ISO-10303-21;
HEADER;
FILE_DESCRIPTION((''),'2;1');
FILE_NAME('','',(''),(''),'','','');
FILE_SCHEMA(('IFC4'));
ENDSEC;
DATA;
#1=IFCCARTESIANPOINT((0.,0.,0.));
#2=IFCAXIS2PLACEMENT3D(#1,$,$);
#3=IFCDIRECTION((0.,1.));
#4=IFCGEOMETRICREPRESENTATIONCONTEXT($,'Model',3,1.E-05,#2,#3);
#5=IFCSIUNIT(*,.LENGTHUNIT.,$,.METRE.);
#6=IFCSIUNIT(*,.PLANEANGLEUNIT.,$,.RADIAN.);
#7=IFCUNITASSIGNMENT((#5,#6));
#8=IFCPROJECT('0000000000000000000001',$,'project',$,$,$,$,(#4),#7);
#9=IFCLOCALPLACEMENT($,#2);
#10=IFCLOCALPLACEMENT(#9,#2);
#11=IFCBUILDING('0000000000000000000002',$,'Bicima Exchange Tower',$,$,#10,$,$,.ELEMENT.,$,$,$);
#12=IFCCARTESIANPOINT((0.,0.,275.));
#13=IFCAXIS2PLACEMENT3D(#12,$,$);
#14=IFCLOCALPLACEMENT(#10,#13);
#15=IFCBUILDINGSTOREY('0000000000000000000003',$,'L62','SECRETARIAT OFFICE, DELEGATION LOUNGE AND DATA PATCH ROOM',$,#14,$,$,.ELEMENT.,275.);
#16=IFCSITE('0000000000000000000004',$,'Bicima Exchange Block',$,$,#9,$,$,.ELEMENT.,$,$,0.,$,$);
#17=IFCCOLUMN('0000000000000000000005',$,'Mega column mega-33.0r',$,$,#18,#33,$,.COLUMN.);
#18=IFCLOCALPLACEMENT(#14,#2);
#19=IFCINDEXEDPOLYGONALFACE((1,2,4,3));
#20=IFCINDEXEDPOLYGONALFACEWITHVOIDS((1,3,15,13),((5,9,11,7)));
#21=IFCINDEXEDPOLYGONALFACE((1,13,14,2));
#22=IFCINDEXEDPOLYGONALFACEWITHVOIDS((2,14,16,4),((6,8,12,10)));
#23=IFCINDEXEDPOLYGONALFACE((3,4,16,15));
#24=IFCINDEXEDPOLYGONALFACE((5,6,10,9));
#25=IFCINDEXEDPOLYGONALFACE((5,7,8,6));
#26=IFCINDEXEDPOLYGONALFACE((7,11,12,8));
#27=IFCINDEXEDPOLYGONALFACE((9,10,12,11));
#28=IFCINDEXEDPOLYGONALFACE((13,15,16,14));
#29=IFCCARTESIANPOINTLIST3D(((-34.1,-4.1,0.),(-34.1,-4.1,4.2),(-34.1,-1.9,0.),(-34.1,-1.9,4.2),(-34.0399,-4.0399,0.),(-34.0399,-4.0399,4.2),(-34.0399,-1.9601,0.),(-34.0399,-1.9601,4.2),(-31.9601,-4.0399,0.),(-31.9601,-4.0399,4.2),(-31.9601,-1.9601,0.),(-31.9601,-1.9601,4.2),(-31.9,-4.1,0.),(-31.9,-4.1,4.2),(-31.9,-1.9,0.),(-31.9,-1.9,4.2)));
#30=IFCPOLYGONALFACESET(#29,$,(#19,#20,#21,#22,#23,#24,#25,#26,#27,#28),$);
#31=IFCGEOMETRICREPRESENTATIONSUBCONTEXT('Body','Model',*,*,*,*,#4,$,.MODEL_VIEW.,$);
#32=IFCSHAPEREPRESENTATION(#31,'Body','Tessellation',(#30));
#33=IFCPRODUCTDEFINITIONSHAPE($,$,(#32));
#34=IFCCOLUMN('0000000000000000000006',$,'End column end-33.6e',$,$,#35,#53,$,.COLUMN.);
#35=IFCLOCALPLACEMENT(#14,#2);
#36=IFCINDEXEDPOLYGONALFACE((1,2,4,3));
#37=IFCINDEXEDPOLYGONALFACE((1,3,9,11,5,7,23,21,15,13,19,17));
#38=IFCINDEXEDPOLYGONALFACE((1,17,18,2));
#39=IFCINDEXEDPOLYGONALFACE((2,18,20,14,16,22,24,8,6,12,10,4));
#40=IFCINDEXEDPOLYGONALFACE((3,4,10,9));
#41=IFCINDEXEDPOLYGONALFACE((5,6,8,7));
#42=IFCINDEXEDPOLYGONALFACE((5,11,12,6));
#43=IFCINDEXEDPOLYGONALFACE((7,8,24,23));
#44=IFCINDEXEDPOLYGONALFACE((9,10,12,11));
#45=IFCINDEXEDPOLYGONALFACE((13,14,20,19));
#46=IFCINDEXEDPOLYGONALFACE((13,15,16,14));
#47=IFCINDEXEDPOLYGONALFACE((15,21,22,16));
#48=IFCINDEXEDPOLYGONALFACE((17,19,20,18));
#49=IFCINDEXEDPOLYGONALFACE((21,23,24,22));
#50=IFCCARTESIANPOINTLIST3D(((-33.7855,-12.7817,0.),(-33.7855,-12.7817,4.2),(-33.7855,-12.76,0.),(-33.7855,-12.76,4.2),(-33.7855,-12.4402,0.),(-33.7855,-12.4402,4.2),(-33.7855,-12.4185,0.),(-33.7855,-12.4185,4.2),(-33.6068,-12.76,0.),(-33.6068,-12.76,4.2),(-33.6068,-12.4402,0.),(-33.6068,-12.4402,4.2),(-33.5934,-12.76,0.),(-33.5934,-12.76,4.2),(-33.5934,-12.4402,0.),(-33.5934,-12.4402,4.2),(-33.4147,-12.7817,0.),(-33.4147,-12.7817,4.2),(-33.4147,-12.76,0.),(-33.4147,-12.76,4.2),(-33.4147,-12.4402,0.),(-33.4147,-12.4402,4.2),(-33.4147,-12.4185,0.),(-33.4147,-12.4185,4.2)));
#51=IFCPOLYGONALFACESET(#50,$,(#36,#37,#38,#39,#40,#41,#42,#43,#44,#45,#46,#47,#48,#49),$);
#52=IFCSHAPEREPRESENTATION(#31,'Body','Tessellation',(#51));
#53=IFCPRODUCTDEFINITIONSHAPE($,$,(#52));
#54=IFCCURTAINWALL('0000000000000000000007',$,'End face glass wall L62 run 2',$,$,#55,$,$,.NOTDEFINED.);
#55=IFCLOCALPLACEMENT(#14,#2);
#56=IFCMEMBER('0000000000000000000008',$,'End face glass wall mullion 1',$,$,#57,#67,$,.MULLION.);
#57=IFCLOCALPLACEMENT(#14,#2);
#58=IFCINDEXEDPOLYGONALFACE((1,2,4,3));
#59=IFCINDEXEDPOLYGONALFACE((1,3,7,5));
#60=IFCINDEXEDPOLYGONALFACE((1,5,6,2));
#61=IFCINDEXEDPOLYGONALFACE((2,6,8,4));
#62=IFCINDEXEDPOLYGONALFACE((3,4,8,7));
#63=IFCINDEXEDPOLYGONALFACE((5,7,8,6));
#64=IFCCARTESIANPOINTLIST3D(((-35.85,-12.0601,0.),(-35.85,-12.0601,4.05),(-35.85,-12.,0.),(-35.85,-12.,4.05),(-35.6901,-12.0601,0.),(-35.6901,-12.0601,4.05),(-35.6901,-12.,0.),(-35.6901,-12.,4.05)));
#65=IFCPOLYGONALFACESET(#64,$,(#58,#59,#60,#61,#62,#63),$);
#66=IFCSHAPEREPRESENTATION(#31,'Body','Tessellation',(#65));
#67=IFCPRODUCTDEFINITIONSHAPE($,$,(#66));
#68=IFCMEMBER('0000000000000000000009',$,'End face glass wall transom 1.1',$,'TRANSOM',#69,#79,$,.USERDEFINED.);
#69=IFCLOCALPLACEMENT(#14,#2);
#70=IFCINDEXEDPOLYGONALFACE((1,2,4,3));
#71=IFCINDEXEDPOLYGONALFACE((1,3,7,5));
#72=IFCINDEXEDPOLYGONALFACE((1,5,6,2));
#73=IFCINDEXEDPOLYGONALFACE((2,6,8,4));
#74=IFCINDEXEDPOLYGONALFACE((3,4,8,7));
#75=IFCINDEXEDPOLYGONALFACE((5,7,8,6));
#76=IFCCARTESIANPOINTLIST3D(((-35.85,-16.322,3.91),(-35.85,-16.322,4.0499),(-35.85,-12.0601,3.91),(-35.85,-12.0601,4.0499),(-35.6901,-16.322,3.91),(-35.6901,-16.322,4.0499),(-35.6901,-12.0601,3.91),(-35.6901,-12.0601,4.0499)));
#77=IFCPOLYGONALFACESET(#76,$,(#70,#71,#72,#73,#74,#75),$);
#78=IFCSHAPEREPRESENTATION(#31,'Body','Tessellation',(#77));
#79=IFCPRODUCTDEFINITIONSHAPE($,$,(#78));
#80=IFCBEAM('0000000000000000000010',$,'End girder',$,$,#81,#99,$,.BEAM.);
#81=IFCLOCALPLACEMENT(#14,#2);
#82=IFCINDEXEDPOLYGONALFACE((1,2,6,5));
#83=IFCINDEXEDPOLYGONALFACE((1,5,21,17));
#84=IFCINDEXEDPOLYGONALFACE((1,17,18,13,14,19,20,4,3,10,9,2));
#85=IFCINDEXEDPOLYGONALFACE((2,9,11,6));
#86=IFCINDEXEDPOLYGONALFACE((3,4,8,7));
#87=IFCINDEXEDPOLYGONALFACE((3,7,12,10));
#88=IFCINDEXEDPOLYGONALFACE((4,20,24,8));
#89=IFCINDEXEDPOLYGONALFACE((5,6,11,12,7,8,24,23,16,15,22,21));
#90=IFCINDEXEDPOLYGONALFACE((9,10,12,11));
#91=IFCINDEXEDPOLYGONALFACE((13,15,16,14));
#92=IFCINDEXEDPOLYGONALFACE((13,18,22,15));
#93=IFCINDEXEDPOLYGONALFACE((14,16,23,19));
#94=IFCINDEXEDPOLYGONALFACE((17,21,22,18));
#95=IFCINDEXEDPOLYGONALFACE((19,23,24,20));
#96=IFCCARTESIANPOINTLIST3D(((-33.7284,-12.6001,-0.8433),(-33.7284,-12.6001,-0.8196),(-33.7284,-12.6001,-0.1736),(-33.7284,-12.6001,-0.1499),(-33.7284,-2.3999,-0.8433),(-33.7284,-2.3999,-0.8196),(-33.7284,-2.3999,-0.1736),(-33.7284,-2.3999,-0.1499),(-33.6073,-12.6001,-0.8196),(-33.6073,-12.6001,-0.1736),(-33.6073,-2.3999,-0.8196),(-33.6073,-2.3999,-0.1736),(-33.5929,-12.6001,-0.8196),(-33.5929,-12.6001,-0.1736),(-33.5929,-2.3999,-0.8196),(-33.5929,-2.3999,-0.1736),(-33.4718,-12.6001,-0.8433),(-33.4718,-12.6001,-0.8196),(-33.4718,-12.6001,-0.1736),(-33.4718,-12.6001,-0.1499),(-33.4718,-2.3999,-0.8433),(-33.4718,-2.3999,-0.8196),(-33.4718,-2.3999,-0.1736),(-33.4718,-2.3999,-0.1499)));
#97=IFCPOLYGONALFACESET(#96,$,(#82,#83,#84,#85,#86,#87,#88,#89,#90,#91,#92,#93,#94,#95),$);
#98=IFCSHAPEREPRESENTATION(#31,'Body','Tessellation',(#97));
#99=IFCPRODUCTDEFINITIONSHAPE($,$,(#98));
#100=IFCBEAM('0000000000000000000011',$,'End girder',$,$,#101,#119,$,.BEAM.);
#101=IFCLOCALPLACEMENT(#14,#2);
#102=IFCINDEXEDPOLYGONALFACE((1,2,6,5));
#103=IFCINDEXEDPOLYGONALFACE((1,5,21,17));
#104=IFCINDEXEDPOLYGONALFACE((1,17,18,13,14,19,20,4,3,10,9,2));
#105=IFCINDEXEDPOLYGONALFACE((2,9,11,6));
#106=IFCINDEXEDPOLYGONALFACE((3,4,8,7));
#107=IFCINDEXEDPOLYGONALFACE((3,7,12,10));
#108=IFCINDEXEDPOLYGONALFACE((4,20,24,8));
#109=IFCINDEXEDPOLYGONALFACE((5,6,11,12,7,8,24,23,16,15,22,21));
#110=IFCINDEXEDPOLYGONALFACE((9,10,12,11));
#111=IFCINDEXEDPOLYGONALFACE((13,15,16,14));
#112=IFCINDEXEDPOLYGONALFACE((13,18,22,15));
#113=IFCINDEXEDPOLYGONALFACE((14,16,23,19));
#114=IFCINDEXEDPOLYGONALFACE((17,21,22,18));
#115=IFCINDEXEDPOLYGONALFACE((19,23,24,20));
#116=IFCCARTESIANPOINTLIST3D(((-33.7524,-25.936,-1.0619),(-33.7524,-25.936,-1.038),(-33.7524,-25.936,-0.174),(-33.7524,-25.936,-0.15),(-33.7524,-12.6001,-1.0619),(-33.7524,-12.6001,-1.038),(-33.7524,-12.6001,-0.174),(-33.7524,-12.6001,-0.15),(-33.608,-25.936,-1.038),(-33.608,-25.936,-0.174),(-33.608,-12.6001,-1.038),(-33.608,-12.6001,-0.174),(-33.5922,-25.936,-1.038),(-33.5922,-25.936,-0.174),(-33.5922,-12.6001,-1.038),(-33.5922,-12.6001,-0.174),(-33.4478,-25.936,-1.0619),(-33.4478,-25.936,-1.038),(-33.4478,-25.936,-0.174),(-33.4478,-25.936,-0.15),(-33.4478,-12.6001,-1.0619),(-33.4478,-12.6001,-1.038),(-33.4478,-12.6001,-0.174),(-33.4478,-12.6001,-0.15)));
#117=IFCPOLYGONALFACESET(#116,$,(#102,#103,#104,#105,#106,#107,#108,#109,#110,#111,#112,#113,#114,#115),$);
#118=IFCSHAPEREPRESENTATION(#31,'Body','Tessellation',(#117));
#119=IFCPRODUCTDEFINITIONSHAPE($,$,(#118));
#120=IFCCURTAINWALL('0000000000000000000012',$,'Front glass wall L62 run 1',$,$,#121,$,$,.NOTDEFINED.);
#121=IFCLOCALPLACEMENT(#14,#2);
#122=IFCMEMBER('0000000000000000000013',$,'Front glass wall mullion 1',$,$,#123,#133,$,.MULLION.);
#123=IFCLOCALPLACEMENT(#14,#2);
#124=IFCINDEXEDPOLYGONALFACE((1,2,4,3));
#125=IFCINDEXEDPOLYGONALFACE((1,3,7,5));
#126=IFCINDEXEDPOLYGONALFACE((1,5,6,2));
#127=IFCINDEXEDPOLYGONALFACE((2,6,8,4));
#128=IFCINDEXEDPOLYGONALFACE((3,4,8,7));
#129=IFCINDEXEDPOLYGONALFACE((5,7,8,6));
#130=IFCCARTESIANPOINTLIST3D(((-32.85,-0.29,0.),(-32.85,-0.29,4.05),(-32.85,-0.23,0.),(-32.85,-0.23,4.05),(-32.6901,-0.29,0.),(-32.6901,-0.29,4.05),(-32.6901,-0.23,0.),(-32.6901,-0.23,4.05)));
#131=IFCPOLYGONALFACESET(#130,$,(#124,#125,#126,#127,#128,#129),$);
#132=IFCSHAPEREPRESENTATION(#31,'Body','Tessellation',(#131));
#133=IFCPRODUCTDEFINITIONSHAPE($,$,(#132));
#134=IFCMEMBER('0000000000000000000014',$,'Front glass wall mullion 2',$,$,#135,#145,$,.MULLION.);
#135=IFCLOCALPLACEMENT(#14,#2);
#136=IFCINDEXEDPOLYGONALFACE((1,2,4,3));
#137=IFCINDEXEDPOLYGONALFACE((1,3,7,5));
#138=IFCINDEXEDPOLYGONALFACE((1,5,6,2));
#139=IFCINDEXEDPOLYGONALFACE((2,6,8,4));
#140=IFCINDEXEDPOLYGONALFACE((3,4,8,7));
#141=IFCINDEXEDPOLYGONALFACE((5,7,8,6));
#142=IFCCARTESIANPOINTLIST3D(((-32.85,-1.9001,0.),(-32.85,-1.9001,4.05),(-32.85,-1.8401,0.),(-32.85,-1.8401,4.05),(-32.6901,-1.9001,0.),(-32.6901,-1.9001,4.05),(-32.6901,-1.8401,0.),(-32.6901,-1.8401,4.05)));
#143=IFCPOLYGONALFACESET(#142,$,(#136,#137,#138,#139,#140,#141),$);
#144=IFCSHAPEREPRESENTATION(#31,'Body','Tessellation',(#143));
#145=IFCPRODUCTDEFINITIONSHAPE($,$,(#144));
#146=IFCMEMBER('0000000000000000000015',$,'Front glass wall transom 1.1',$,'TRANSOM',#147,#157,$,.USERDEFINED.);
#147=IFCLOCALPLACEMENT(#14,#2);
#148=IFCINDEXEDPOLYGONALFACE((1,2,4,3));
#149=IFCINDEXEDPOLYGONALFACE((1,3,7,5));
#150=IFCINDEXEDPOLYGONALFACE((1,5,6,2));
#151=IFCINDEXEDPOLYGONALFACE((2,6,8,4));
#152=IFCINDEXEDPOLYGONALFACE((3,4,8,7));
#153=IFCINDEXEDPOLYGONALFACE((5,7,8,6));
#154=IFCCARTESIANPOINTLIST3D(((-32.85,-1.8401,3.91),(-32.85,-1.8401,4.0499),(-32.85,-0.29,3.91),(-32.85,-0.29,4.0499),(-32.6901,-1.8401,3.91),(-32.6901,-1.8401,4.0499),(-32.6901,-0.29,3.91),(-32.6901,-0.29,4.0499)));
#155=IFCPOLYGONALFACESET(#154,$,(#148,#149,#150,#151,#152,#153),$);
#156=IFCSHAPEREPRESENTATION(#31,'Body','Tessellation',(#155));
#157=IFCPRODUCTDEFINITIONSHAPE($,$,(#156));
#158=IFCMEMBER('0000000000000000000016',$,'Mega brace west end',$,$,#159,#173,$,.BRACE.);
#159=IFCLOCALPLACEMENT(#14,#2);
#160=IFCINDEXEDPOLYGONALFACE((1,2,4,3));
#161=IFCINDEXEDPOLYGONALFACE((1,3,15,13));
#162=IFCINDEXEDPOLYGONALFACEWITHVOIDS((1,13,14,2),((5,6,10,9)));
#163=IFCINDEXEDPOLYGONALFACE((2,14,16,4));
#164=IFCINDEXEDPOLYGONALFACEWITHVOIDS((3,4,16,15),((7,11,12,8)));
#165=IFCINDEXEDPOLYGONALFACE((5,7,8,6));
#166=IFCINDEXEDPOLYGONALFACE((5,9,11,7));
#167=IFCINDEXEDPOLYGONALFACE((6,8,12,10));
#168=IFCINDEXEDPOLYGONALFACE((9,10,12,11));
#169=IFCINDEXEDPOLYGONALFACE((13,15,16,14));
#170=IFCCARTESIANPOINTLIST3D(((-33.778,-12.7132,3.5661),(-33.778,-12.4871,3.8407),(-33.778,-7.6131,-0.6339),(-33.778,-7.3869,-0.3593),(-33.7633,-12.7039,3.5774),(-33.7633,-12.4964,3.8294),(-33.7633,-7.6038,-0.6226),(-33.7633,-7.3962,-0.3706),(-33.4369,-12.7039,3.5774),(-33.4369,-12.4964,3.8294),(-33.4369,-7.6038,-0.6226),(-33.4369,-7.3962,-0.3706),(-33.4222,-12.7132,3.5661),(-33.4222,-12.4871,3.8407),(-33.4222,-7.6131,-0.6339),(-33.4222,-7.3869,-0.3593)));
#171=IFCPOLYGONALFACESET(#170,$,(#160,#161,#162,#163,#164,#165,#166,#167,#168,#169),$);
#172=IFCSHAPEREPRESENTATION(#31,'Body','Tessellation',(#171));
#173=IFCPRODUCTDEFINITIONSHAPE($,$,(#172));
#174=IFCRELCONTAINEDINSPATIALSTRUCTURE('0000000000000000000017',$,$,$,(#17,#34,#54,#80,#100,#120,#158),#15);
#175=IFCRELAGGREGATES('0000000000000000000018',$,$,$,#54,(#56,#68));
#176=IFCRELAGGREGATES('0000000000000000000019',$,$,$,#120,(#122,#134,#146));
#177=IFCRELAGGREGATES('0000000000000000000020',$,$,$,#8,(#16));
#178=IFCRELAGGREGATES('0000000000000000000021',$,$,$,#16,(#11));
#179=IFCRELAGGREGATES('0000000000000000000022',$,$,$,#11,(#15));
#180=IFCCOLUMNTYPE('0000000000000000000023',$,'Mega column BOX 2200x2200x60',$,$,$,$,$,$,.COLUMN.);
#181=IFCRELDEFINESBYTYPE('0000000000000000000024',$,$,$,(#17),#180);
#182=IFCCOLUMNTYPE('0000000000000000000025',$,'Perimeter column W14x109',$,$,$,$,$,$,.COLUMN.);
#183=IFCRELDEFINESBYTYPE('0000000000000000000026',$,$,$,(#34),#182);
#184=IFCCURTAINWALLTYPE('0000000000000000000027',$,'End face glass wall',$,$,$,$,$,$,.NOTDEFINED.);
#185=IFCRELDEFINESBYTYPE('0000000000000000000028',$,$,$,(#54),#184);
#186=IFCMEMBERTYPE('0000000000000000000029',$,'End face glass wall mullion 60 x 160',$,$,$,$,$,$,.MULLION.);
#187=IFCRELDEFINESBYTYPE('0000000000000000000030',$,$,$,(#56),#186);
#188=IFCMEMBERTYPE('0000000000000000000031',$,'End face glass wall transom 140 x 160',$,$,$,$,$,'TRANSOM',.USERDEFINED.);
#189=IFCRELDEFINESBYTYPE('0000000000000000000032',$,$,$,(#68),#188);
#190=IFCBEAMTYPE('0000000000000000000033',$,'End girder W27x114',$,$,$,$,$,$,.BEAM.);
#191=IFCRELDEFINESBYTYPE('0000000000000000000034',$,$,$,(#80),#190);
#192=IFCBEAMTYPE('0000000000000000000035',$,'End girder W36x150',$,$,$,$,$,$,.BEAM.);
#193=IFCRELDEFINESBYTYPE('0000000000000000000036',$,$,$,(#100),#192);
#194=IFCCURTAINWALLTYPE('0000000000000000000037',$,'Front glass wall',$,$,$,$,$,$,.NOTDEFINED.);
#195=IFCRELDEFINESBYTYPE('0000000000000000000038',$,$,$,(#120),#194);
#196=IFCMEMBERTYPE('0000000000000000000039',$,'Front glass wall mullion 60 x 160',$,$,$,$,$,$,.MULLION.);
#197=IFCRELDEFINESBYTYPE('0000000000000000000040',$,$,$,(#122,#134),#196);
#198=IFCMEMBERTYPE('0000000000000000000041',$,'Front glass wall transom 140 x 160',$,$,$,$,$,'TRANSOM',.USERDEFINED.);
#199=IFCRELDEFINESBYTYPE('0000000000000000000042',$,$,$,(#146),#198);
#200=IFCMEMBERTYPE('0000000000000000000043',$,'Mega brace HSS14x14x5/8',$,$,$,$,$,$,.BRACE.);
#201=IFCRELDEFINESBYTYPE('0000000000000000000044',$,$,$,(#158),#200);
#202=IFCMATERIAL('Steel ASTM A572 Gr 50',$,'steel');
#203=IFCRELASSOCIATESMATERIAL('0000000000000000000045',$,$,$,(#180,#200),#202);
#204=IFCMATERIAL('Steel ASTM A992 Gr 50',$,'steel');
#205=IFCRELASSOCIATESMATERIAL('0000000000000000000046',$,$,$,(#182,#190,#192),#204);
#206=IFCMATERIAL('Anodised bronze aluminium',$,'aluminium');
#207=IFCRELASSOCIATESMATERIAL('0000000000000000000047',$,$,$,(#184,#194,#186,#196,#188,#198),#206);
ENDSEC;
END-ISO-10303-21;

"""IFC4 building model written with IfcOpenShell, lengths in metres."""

from ifc_helpers import new_model, si_unit, direction, frame, origin, origin_2d, place, context, subcontext, project, spatial, rectangle, hollow_rectangle, i_section, extrude, material, material_profile, profile_set, type_object, element, aggregate, save


model = new_model("IFC4")

# Units and contexts
model_context = context("Model", 3, precision=1e-05, world=origin(), true_north=direction((0.0, 1.0)))
body_context = subcontext(model_context, "Body", "Model", "MODEL_VIEW")
ifc_project = project(units=[si_unit("LENGTHUNIT", "METRE"), si_unit("PLANEANGLEUNIT", "RADIAN")], contexts=[model_context])

# Site, building, storey
site_placement = place(None, origin())
site = spatial("IfcSite", under=ifc_project, at=site_placement, Name="Bicima Exchange Block", CompositionType="ELEMENT", RefElevation=0.0)
building_placement = place(site_placement, origin())
building = spatial("IfcBuilding", under=site, at=building_placement, Name="Bicima Exchange Tower", CompositionType="ELEMENT")
storey_placement = place(building_placement, frame((0.0, 0.0, 275.0)))
storey = spatial("IfcBuildingStorey", under=building, at=storey_placement, Name="L62", Description="SECRETARIAT OFFICE, DELEGATION LOUNGE AND DATA PATCH ROOM", CompositionType="ELEMENT", Elevation=275.0)

# Columns
ifc_material_1 = material(Name="Steel ASTM A572 Gr 50", Category="steel")
ifc_material_profile_1 = material_profile(ifc_material_1, hollow_rectangle(XDim=2.2, YDim=2.2, WallThickness=0.0601, at=origin_2d()))
ifc_profile_set_1 = profile_set([ifc_material_profile_1], Name="Steel ASTM A572 Gr 50")
column_type_1 = type_object("IfcColumnType", Name="Mega column BOX 2200x2200x60", PredefinedType="COLUMN", material=ifc_profile_set_1)
column_1_placement = place(storey_placement, frame((-33.0, -3.0, 0.0), z_axis=(0.0, 0.0, 1.0), x_axis=(1.0, 0.0, 0.0)))
element("IfcColumn", 1, at=column_1_placement, inside=storey, type_object=column_type_1, Name="Mega column mega-33.0r", PredefinedType="COLUMN", context=body_context, shape_type="SweptSolid", body=[
    extrude(hollow_rectangle(XDim=2.2, YDim=2.2, WallThickness=0.0601, at=origin_2d()), origin(), (0.0, 0.0, 1.0), 4.2),
])
ifc_material_2 = material(Name="Steel ASTM A992 Gr 50", Category="steel")
ifc_material_profile_2 = material_profile(ifc_material_2, i_section(OverallWidth=0.3708, OverallDepth=0.3633, WebThickness=0.0134, FlangeThickness=0.0217, at=origin_2d()))
ifc_profile_set_2 = profile_set([ifc_material_profile_2], Name="Steel ASTM A992 Gr 50")
column_type_2 = type_object("IfcColumnType", Name="Perimeter column W14x109", PredefinedType="COLUMN", material=ifc_profile_set_2)
column_2_placement = place(storey_placement, frame((-33.6001, -12.6001, 0.0), z_axis=(0.0, 0.0, 1.0), x_axis=(1.0, 0.0, 0.0)))
element("IfcColumn", 2, at=column_2_placement, inside=storey, type_object=column_type_2, Name="End column end-33.6e", PredefinedType="COLUMN", context=body_context, shape_type="SweptSolid", body=[
    extrude(i_section(OverallWidth=0.3708, OverallDepth=0.3633, WebThickness=0.0134, FlangeThickness=0.0217, at=origin_2d()), origin(), (0.0, 0.0, 1.0), 4.2),
])

# Curtain wall, members
ifc_material_3 = material(Name="Anodised bronze aluminium", Category="aluminium")
curtain_wall_type_1 = type_object("IfcCurtainWallType", Name="End face glass wall", PredefinedType="NOTDEFINED", material=ifc_material_3)
curtain_wall_1_placement = place(storey_placement, origin())
curtain_wall_1 = element("IfcCurtainWall", 3, at=curtain_wall_1_placement, inside=storey, type_object=curtain_wall_type_1, Name="End face glass wall L62 run 2", PredefinedType="NOTDEFINED")
ifc_material_profile_3 = material_profile(ifc_material_3, rectangle(XDim=0.1599, YDim=0.0601, at=origin_2d()))
ifc_profile_set_3 = profile_set([ifc_material_profile_3], Name="Anodised bronze aluminium")
member_type_1 = type_object("IfcMemberType", Name="End face glass wall mullion 60 x 160", PredefinedType="MULLION", material=ifc_profile_set_3)
member_1_placement = place(storey_placement, frame((-35.77, -12.03, 0.0), z_axis=(0.0, 0.0, 1.0), x_axis=(1.0, 0.0, 0.0)))
member_1 = element("IfcMember", 4, at=member_1_placement, type_object=member_type_1, Name="End face glass wall mullion 1", PredefinedType="MULLION", context=body_context, shape_type="SweptSolid", body=[
    extrude(rectangle(XDim=0.1599, YDim=0.0601, at=origin_2d()), origin(), (0.0, 0.0, 1.0), 4.05),
])
ifc_material_profile_4 = material_profile(ifc_material_3, rectangle(XDim=0.1599, YDim=0.1399, at=origin_2d()))
ifc_profile_set_4 = profile_set([ifc_material_profile_4], Name="Anodised bronze aluminium")
member_type_2 = type_object("IfcMemberType", Name="End face glass wall transom 140 x 160", ElementType="TRANSOM", PredefinedType="USERDEFINED", material=ifc_profile_set_4)
member_2_placement = place(storey_placement, frame((-35.77, -12.0601, 3.98), z_axis=(0.0, -1.0, 0.0), x_axis=(1.0, 0.0, 0.0)))
member_2 = element("IfcMember", 5, at=member_2_placement, type_object=member_type_2, Name="End face glass wall transom 1.1", ObjectType="TRANSOM", PredefinedType="USERDEFINED", context=body_context, shape_type="SweptSolid", body=[
    extrude(rectangle(XDim=0.1599, YDim=0.1399, at=origin_2d()), origin(), (0.0, 0.0, 1.0), 4.262),
])
aggregate(curtain_wall_1, [member_1, member_2])

# Beams
ifc_material_profile_5 = material_profile(ifc_material_2, i_section(OverallWidth=0.2566, OverallDepth=0.6934, WebThickness=0.0144, FlangeThickness=0.0237, at=origin_2d()))
ifc_profile_set_5 = profile_set([ifc_material_profile_5], Name="Steel ASTM A992 Gr 50")
beam_type_1 = type_object("IfcBeamType", Name="End girder W27x114", PredefinedType="BEAM", material=ifc_profile_set_5)
beam_1_placement = place(storey_placement, frame((-33.6001, -2.3999, -0.4966), z_axis=(0.0, -1.0, 0.0), x_axis=(1.0, 0.0, 0.0)))
element("IfcBeam", 6, at=beam_1_placement, inside=storey, type_object=beam_type_1, Name="End girder", PredefinedType="BEAM", context=body_context, shape_type="SweptSolid", body=[
    extrude(i_section(OverallWidth=0.2566, OverallDepth=0.6934, WebThickness=0.0144, FlangeThickness=0.0237, at=origin_2d()), origin(), (0.0, 0.0, 1.0), 10.2002),
])
ifc_material_profile_6 = material_profile(ifc_material_2, i_section(OverallWidth=0.3047, OverallDepth=0.9119, WebThickness=0.0159, FlangeThickness=0.0239, at=origin_2d()))
ifc_profile_set_6 = profile_set([ifc_material_profile_6], Name="Steel ASTM A992 Gr 50")
beam_type_2 = type_object("IfcBeamType", Name="End girder W36x150", PredefinedType="BEAM", material=ifc_profile_set_6)
beam_2_placement = place(storey_placement, frame((-33.6001, -12.6001, -0.606), z_axis=(0.0, -1.0, 0.0), x_axis=(1.0, 0.0, 0.0)))
element("IfcBeam", 7, at=beam_2_placement, inside=storey, type_object=beam_type_2, Name="End girder", PredefinedType="BEAM", context=body_context, shape_type="SweptSolid", body=[
    extrude(i_section(OverallWidth=0.3047, OverallDepth=0.9119, WebThickness=0.0159, FlangeThickness=0.0239, at=origin_2d()), origin(), (0.0, 0.0, 1.0), 13.3359),
])

# Curtain wall, members
curtain_wall_type_2 = type_object("IfcCurtainWallType", Name="Front glass wall", PredefinedType="NOTDEFINED", material=ifc_material_3)
curtain_wall_2_placement = place(storey_placement, origin())
curtain_wall_2 = element("IfcCurtainWall", 8, at=curtain_wall_2_placement, inside=storey, type_object=curtain_wall_type_2, Name="Front glass wall L62 run 1", PredefinedType="NOTDEFINED")
member_type_3 = type_object("IfcMemberType", Name="Front glass wall mullion 60 x 160", PredefinedType="MULLION", material=ifc_profile_set_3)
member_3_placement = place(storey_placement, frame((-32.77, -0.26, 0.0), z_axis=(0.0, 0.0, 1.0), x_axis=(1.0, 0.0, 0.0)))
member_3 = element("IfcMember", 9, at=member_3_placement, type_object=member_type_3, Name="Front glass wall mullion 1", PredefinedType="MULLION", context=body_context, shape_type="SweptSolid", body=[
    extrude(rectangle(XDim=0.1599, YDim=0.0601, at=origin_2d()), origin(), (0.0, 0.0, 1.0), 4.05),
])
member_4_placement = place(storey_placement, frame((-32.77, -1.8701, 0.0), z_axis=(0.0, 0.0, 1.0), x_axis=(1.0, 0.0, 0.0)))
member_4 = element("IfcMember", 10, at=member_4_placement, type_object=member_type_3, Name="Front glass wall mullion 2", PredefinedType="MULLION", context=body_context, shape_type="SweptSolid", body=[
    extrude(rectangle(XDim=0.1599, YDim=0.0601, at=origin_2d()), origin(), (0.0, 0.0, 1.0), 4.05),
])
member_type_4 = type_object("IfcMemberType", Name="Front glass wall transom 140 x 160", ElementType="TRANSOM", PredefinedType="USERDEFINED", material=ifc_profile_set_4)
member_5_placement = place(storey_placement, frame((-32.77, -0.29, 3.98), z_axis=(0.0, -1.0, 0.0), x_axis=(1.0, 0.0, 0.0)))
member_5 = element("IfcMember", 11, at=member_5_placement, type_object=member_type_4, Name="Front glass wall transom 1.1", ObjectType="TRANSOM", PredefinedType="USERDEFINED", context=body_context, shape_type="SweptSolid", body=[
    extrude(rectangle(XDim=0.1599, YDim=0.1399, at=origin_2d()), origin(), (0.0, 0.0, 1.0), 1.55),
])

# Member
ifc_material_profile_7 = material_profile(ifc_material_1, hollow_rectangle(XDim=0.3557, YDim=0.3557, WallThickness=0.0146, at=origin_2d()))
ifc_profile_set_7 = profile_set([ifc_material_profile_7], Name="Steel ASTM A572 Gr 50")
member_type_5 = type_object("IfcMemberType", Name="Mega brace HSS14x14x5/8", PredefinedType="BRACE", material=ifc_profile_set_7)
for number, where, z_axis, x_axis, name in (
    (12, (-33.6001, -7.5, -0.4966), (0.0, -0.77194, 0.635696), (1.0, 0.0, 0.0), "Mega brace west end"),
):
    element("IfcMember", number, at=place(storey_placement, frame(where, z_axis=z_axis, x_axis=x_axis)), inside=storey, type_object=member_type_5, Name=name, PredefinedType="BRACE", context=body_context, shape_type="SweptSolid", body=[
        extrude(hollow_rectangle(XDim=0.3557, YDim=0.3557, WallThickness=0.0146, at=origin_2d()), origin(), (0.0, 0.0, 1.0), 6.6069),
    ])

aggregate(curtain_wall_2, [member_3, member_4, member_5])

save(model, "model.ifc")
